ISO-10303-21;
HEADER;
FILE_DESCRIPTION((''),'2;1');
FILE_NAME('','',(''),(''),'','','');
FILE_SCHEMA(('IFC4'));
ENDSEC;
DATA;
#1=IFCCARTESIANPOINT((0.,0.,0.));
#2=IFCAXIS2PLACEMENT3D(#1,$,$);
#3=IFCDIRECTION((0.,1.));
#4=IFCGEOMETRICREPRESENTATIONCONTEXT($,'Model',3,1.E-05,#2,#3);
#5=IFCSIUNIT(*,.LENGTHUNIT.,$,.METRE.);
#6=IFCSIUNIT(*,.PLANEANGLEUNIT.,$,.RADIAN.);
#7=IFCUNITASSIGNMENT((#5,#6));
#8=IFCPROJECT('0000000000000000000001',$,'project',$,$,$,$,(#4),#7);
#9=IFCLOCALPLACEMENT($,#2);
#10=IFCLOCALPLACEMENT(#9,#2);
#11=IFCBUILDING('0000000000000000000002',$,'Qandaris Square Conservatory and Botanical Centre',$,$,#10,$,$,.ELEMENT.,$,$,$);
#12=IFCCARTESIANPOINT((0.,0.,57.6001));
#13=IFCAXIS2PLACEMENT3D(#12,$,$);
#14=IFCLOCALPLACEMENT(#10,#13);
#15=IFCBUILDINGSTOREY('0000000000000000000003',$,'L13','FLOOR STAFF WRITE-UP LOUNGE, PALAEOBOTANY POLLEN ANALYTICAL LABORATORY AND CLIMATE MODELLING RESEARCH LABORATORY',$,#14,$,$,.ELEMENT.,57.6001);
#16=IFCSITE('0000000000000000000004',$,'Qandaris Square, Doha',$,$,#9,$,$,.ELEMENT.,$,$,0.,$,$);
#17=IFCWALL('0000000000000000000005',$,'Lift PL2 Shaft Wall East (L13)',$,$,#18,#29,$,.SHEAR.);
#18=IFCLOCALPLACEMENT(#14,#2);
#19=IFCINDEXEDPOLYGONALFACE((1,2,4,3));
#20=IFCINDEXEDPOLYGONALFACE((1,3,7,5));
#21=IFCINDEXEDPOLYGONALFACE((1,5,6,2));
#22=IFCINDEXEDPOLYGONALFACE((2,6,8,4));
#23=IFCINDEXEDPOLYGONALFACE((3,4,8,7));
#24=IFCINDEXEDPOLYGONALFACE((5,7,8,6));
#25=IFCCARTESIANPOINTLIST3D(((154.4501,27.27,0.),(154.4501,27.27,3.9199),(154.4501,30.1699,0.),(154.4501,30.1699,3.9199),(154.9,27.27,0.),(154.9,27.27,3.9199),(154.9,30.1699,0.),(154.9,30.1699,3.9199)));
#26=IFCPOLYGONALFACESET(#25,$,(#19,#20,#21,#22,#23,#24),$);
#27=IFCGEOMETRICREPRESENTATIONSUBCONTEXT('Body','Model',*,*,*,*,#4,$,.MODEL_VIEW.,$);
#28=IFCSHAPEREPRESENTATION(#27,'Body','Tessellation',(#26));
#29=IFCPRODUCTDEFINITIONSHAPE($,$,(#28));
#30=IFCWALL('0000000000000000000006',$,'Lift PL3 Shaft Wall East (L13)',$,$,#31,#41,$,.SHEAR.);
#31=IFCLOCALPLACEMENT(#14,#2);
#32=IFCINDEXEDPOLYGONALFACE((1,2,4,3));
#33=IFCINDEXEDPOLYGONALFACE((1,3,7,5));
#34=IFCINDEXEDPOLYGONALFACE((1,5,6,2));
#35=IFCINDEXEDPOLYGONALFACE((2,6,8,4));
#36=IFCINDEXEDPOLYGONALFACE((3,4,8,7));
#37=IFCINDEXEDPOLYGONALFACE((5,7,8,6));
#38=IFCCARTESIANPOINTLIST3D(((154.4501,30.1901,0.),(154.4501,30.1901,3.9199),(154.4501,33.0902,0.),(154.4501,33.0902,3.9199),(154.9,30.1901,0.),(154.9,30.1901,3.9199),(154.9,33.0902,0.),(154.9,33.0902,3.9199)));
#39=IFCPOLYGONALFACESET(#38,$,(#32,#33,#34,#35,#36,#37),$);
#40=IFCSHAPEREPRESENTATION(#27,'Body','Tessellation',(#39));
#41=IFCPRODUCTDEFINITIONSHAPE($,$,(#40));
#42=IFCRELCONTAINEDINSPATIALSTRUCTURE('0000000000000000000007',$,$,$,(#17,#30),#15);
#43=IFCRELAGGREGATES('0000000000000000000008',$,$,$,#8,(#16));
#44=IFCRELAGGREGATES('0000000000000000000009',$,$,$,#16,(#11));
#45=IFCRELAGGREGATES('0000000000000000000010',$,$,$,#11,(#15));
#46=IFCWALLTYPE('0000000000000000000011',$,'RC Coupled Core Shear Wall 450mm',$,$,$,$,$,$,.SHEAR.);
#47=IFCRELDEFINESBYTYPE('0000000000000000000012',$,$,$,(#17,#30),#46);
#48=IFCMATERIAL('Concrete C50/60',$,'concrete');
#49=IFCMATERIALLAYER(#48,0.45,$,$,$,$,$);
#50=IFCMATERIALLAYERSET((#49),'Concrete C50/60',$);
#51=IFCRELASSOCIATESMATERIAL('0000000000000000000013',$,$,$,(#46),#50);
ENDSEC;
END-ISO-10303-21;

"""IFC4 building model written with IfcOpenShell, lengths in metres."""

from ifc_helpers import new_model, si_unit, direction, frame, frame_2d, origin, place, context, subcontext, project, spatial, rectangle, extrude, material, layer, layer_set, type_object, element, save


model = new_model("IFC4")

# Units and contexts
model_context = context("Model", 3, precision=1e-05, world=origin(), true_north=direction((0.0, 1.0)))
body_context = subcontext(model_context, "Body", "Model", "MODEL_VIEW")
ifc_project = project(units=[si_unit("LENGTHUNIT", "METRE"), si_unit("PLANEANGLEUNIT", "RADIAN")], contexts=[model_context])

# Site, building, storey
site_placement = place(None, origin())
site = spatial("IfcSite", under=ifc_project, at=site_placement, Name="Qandaris Square, Doha", CompositionType="ELEMENT", RefElevation=0.0)
building_placement = place(site_placement, origin())
building = spatial("IfcBuilding", under=site, at=building_placement, Name="Qandaris Square Conservatory and Botanical Centre", CompositionType="ELEMENT")
storey_placement = place(building_placement, frame((0.0, 0.0, 57.6001)))
storey = spatial("IfcBuildingStorey", under=building, at=storey_placement, Name="L13", Description="FLOOR STAFF WRITE-UP LOUNGE, PALAEOBOTANY POLLEN ANALYTICAL LABORATORY AND CLIMATE MODELLING RESEARCH LABORATORY", CompositionType="ELEMENT", Elevation=57.6001)

# Shared definitions
ifc_material_1 = material(Name="Concrete C50/60", Category="concrete")

# Walls
ifc_layer_1 = layer(ifc_material_1, 0.45)
ifc_layer_set_1 = layer_set([ifc_layer_1], Name="Concrete C50/60")
wall_type_1 = type_object("IfcWallType", Name="RC Coupled Core Shear Wall 450mm", PredefinedType="SHEAR", material=ifc_layer_set_1)
for number, where, z_axis, x_axis, name in (
    (1, (154.675, 27.27, 0.0), (0.0, 0.0, 1.0), (0.0, 1.0, 0.0), "Lift PL2 Shaft Wall East (L13)"),
):
    element("IfcWall", number, at=place(storey_placement, frame(where, z_axis=z_axis, x_axis=x_axis)), inside=storey, type_object=wall_type_1, Name=name, PredefinedType="SHEAR", context=body_context, shape_type="SweptSolid", body=[
        extrude(rectangle(XDim=2.8999, YDim=0.45, at=frame_2d((1.45, 0.0))), origin(), (0.0, 0.0, 1.0), 3.9199),
    ])
wall_1_placement = place(storey_placement, frame((154.675, 30.1899, 0.0), z_axis=(0.0, 0.0, 1.0), x_axis=(0.0, 1.0, 0.0)))
element("IfcWall", 2, at=wall_1_placement, inside=storey, type_object=wall_type_1, Name="Lift PL3 Shaft Wall East (L13)", PredefinedType="SHEAR", context=body_context, shape_type="SweptSolid", body=[
    extrude(rectangle(XDim=2.9001, YDim=0.45, at=frame_2d((1.4502, 0.0))), origin(), (0.0, 0.0, 1.0), 3.9199),
])

save(model, "model.ifc")
